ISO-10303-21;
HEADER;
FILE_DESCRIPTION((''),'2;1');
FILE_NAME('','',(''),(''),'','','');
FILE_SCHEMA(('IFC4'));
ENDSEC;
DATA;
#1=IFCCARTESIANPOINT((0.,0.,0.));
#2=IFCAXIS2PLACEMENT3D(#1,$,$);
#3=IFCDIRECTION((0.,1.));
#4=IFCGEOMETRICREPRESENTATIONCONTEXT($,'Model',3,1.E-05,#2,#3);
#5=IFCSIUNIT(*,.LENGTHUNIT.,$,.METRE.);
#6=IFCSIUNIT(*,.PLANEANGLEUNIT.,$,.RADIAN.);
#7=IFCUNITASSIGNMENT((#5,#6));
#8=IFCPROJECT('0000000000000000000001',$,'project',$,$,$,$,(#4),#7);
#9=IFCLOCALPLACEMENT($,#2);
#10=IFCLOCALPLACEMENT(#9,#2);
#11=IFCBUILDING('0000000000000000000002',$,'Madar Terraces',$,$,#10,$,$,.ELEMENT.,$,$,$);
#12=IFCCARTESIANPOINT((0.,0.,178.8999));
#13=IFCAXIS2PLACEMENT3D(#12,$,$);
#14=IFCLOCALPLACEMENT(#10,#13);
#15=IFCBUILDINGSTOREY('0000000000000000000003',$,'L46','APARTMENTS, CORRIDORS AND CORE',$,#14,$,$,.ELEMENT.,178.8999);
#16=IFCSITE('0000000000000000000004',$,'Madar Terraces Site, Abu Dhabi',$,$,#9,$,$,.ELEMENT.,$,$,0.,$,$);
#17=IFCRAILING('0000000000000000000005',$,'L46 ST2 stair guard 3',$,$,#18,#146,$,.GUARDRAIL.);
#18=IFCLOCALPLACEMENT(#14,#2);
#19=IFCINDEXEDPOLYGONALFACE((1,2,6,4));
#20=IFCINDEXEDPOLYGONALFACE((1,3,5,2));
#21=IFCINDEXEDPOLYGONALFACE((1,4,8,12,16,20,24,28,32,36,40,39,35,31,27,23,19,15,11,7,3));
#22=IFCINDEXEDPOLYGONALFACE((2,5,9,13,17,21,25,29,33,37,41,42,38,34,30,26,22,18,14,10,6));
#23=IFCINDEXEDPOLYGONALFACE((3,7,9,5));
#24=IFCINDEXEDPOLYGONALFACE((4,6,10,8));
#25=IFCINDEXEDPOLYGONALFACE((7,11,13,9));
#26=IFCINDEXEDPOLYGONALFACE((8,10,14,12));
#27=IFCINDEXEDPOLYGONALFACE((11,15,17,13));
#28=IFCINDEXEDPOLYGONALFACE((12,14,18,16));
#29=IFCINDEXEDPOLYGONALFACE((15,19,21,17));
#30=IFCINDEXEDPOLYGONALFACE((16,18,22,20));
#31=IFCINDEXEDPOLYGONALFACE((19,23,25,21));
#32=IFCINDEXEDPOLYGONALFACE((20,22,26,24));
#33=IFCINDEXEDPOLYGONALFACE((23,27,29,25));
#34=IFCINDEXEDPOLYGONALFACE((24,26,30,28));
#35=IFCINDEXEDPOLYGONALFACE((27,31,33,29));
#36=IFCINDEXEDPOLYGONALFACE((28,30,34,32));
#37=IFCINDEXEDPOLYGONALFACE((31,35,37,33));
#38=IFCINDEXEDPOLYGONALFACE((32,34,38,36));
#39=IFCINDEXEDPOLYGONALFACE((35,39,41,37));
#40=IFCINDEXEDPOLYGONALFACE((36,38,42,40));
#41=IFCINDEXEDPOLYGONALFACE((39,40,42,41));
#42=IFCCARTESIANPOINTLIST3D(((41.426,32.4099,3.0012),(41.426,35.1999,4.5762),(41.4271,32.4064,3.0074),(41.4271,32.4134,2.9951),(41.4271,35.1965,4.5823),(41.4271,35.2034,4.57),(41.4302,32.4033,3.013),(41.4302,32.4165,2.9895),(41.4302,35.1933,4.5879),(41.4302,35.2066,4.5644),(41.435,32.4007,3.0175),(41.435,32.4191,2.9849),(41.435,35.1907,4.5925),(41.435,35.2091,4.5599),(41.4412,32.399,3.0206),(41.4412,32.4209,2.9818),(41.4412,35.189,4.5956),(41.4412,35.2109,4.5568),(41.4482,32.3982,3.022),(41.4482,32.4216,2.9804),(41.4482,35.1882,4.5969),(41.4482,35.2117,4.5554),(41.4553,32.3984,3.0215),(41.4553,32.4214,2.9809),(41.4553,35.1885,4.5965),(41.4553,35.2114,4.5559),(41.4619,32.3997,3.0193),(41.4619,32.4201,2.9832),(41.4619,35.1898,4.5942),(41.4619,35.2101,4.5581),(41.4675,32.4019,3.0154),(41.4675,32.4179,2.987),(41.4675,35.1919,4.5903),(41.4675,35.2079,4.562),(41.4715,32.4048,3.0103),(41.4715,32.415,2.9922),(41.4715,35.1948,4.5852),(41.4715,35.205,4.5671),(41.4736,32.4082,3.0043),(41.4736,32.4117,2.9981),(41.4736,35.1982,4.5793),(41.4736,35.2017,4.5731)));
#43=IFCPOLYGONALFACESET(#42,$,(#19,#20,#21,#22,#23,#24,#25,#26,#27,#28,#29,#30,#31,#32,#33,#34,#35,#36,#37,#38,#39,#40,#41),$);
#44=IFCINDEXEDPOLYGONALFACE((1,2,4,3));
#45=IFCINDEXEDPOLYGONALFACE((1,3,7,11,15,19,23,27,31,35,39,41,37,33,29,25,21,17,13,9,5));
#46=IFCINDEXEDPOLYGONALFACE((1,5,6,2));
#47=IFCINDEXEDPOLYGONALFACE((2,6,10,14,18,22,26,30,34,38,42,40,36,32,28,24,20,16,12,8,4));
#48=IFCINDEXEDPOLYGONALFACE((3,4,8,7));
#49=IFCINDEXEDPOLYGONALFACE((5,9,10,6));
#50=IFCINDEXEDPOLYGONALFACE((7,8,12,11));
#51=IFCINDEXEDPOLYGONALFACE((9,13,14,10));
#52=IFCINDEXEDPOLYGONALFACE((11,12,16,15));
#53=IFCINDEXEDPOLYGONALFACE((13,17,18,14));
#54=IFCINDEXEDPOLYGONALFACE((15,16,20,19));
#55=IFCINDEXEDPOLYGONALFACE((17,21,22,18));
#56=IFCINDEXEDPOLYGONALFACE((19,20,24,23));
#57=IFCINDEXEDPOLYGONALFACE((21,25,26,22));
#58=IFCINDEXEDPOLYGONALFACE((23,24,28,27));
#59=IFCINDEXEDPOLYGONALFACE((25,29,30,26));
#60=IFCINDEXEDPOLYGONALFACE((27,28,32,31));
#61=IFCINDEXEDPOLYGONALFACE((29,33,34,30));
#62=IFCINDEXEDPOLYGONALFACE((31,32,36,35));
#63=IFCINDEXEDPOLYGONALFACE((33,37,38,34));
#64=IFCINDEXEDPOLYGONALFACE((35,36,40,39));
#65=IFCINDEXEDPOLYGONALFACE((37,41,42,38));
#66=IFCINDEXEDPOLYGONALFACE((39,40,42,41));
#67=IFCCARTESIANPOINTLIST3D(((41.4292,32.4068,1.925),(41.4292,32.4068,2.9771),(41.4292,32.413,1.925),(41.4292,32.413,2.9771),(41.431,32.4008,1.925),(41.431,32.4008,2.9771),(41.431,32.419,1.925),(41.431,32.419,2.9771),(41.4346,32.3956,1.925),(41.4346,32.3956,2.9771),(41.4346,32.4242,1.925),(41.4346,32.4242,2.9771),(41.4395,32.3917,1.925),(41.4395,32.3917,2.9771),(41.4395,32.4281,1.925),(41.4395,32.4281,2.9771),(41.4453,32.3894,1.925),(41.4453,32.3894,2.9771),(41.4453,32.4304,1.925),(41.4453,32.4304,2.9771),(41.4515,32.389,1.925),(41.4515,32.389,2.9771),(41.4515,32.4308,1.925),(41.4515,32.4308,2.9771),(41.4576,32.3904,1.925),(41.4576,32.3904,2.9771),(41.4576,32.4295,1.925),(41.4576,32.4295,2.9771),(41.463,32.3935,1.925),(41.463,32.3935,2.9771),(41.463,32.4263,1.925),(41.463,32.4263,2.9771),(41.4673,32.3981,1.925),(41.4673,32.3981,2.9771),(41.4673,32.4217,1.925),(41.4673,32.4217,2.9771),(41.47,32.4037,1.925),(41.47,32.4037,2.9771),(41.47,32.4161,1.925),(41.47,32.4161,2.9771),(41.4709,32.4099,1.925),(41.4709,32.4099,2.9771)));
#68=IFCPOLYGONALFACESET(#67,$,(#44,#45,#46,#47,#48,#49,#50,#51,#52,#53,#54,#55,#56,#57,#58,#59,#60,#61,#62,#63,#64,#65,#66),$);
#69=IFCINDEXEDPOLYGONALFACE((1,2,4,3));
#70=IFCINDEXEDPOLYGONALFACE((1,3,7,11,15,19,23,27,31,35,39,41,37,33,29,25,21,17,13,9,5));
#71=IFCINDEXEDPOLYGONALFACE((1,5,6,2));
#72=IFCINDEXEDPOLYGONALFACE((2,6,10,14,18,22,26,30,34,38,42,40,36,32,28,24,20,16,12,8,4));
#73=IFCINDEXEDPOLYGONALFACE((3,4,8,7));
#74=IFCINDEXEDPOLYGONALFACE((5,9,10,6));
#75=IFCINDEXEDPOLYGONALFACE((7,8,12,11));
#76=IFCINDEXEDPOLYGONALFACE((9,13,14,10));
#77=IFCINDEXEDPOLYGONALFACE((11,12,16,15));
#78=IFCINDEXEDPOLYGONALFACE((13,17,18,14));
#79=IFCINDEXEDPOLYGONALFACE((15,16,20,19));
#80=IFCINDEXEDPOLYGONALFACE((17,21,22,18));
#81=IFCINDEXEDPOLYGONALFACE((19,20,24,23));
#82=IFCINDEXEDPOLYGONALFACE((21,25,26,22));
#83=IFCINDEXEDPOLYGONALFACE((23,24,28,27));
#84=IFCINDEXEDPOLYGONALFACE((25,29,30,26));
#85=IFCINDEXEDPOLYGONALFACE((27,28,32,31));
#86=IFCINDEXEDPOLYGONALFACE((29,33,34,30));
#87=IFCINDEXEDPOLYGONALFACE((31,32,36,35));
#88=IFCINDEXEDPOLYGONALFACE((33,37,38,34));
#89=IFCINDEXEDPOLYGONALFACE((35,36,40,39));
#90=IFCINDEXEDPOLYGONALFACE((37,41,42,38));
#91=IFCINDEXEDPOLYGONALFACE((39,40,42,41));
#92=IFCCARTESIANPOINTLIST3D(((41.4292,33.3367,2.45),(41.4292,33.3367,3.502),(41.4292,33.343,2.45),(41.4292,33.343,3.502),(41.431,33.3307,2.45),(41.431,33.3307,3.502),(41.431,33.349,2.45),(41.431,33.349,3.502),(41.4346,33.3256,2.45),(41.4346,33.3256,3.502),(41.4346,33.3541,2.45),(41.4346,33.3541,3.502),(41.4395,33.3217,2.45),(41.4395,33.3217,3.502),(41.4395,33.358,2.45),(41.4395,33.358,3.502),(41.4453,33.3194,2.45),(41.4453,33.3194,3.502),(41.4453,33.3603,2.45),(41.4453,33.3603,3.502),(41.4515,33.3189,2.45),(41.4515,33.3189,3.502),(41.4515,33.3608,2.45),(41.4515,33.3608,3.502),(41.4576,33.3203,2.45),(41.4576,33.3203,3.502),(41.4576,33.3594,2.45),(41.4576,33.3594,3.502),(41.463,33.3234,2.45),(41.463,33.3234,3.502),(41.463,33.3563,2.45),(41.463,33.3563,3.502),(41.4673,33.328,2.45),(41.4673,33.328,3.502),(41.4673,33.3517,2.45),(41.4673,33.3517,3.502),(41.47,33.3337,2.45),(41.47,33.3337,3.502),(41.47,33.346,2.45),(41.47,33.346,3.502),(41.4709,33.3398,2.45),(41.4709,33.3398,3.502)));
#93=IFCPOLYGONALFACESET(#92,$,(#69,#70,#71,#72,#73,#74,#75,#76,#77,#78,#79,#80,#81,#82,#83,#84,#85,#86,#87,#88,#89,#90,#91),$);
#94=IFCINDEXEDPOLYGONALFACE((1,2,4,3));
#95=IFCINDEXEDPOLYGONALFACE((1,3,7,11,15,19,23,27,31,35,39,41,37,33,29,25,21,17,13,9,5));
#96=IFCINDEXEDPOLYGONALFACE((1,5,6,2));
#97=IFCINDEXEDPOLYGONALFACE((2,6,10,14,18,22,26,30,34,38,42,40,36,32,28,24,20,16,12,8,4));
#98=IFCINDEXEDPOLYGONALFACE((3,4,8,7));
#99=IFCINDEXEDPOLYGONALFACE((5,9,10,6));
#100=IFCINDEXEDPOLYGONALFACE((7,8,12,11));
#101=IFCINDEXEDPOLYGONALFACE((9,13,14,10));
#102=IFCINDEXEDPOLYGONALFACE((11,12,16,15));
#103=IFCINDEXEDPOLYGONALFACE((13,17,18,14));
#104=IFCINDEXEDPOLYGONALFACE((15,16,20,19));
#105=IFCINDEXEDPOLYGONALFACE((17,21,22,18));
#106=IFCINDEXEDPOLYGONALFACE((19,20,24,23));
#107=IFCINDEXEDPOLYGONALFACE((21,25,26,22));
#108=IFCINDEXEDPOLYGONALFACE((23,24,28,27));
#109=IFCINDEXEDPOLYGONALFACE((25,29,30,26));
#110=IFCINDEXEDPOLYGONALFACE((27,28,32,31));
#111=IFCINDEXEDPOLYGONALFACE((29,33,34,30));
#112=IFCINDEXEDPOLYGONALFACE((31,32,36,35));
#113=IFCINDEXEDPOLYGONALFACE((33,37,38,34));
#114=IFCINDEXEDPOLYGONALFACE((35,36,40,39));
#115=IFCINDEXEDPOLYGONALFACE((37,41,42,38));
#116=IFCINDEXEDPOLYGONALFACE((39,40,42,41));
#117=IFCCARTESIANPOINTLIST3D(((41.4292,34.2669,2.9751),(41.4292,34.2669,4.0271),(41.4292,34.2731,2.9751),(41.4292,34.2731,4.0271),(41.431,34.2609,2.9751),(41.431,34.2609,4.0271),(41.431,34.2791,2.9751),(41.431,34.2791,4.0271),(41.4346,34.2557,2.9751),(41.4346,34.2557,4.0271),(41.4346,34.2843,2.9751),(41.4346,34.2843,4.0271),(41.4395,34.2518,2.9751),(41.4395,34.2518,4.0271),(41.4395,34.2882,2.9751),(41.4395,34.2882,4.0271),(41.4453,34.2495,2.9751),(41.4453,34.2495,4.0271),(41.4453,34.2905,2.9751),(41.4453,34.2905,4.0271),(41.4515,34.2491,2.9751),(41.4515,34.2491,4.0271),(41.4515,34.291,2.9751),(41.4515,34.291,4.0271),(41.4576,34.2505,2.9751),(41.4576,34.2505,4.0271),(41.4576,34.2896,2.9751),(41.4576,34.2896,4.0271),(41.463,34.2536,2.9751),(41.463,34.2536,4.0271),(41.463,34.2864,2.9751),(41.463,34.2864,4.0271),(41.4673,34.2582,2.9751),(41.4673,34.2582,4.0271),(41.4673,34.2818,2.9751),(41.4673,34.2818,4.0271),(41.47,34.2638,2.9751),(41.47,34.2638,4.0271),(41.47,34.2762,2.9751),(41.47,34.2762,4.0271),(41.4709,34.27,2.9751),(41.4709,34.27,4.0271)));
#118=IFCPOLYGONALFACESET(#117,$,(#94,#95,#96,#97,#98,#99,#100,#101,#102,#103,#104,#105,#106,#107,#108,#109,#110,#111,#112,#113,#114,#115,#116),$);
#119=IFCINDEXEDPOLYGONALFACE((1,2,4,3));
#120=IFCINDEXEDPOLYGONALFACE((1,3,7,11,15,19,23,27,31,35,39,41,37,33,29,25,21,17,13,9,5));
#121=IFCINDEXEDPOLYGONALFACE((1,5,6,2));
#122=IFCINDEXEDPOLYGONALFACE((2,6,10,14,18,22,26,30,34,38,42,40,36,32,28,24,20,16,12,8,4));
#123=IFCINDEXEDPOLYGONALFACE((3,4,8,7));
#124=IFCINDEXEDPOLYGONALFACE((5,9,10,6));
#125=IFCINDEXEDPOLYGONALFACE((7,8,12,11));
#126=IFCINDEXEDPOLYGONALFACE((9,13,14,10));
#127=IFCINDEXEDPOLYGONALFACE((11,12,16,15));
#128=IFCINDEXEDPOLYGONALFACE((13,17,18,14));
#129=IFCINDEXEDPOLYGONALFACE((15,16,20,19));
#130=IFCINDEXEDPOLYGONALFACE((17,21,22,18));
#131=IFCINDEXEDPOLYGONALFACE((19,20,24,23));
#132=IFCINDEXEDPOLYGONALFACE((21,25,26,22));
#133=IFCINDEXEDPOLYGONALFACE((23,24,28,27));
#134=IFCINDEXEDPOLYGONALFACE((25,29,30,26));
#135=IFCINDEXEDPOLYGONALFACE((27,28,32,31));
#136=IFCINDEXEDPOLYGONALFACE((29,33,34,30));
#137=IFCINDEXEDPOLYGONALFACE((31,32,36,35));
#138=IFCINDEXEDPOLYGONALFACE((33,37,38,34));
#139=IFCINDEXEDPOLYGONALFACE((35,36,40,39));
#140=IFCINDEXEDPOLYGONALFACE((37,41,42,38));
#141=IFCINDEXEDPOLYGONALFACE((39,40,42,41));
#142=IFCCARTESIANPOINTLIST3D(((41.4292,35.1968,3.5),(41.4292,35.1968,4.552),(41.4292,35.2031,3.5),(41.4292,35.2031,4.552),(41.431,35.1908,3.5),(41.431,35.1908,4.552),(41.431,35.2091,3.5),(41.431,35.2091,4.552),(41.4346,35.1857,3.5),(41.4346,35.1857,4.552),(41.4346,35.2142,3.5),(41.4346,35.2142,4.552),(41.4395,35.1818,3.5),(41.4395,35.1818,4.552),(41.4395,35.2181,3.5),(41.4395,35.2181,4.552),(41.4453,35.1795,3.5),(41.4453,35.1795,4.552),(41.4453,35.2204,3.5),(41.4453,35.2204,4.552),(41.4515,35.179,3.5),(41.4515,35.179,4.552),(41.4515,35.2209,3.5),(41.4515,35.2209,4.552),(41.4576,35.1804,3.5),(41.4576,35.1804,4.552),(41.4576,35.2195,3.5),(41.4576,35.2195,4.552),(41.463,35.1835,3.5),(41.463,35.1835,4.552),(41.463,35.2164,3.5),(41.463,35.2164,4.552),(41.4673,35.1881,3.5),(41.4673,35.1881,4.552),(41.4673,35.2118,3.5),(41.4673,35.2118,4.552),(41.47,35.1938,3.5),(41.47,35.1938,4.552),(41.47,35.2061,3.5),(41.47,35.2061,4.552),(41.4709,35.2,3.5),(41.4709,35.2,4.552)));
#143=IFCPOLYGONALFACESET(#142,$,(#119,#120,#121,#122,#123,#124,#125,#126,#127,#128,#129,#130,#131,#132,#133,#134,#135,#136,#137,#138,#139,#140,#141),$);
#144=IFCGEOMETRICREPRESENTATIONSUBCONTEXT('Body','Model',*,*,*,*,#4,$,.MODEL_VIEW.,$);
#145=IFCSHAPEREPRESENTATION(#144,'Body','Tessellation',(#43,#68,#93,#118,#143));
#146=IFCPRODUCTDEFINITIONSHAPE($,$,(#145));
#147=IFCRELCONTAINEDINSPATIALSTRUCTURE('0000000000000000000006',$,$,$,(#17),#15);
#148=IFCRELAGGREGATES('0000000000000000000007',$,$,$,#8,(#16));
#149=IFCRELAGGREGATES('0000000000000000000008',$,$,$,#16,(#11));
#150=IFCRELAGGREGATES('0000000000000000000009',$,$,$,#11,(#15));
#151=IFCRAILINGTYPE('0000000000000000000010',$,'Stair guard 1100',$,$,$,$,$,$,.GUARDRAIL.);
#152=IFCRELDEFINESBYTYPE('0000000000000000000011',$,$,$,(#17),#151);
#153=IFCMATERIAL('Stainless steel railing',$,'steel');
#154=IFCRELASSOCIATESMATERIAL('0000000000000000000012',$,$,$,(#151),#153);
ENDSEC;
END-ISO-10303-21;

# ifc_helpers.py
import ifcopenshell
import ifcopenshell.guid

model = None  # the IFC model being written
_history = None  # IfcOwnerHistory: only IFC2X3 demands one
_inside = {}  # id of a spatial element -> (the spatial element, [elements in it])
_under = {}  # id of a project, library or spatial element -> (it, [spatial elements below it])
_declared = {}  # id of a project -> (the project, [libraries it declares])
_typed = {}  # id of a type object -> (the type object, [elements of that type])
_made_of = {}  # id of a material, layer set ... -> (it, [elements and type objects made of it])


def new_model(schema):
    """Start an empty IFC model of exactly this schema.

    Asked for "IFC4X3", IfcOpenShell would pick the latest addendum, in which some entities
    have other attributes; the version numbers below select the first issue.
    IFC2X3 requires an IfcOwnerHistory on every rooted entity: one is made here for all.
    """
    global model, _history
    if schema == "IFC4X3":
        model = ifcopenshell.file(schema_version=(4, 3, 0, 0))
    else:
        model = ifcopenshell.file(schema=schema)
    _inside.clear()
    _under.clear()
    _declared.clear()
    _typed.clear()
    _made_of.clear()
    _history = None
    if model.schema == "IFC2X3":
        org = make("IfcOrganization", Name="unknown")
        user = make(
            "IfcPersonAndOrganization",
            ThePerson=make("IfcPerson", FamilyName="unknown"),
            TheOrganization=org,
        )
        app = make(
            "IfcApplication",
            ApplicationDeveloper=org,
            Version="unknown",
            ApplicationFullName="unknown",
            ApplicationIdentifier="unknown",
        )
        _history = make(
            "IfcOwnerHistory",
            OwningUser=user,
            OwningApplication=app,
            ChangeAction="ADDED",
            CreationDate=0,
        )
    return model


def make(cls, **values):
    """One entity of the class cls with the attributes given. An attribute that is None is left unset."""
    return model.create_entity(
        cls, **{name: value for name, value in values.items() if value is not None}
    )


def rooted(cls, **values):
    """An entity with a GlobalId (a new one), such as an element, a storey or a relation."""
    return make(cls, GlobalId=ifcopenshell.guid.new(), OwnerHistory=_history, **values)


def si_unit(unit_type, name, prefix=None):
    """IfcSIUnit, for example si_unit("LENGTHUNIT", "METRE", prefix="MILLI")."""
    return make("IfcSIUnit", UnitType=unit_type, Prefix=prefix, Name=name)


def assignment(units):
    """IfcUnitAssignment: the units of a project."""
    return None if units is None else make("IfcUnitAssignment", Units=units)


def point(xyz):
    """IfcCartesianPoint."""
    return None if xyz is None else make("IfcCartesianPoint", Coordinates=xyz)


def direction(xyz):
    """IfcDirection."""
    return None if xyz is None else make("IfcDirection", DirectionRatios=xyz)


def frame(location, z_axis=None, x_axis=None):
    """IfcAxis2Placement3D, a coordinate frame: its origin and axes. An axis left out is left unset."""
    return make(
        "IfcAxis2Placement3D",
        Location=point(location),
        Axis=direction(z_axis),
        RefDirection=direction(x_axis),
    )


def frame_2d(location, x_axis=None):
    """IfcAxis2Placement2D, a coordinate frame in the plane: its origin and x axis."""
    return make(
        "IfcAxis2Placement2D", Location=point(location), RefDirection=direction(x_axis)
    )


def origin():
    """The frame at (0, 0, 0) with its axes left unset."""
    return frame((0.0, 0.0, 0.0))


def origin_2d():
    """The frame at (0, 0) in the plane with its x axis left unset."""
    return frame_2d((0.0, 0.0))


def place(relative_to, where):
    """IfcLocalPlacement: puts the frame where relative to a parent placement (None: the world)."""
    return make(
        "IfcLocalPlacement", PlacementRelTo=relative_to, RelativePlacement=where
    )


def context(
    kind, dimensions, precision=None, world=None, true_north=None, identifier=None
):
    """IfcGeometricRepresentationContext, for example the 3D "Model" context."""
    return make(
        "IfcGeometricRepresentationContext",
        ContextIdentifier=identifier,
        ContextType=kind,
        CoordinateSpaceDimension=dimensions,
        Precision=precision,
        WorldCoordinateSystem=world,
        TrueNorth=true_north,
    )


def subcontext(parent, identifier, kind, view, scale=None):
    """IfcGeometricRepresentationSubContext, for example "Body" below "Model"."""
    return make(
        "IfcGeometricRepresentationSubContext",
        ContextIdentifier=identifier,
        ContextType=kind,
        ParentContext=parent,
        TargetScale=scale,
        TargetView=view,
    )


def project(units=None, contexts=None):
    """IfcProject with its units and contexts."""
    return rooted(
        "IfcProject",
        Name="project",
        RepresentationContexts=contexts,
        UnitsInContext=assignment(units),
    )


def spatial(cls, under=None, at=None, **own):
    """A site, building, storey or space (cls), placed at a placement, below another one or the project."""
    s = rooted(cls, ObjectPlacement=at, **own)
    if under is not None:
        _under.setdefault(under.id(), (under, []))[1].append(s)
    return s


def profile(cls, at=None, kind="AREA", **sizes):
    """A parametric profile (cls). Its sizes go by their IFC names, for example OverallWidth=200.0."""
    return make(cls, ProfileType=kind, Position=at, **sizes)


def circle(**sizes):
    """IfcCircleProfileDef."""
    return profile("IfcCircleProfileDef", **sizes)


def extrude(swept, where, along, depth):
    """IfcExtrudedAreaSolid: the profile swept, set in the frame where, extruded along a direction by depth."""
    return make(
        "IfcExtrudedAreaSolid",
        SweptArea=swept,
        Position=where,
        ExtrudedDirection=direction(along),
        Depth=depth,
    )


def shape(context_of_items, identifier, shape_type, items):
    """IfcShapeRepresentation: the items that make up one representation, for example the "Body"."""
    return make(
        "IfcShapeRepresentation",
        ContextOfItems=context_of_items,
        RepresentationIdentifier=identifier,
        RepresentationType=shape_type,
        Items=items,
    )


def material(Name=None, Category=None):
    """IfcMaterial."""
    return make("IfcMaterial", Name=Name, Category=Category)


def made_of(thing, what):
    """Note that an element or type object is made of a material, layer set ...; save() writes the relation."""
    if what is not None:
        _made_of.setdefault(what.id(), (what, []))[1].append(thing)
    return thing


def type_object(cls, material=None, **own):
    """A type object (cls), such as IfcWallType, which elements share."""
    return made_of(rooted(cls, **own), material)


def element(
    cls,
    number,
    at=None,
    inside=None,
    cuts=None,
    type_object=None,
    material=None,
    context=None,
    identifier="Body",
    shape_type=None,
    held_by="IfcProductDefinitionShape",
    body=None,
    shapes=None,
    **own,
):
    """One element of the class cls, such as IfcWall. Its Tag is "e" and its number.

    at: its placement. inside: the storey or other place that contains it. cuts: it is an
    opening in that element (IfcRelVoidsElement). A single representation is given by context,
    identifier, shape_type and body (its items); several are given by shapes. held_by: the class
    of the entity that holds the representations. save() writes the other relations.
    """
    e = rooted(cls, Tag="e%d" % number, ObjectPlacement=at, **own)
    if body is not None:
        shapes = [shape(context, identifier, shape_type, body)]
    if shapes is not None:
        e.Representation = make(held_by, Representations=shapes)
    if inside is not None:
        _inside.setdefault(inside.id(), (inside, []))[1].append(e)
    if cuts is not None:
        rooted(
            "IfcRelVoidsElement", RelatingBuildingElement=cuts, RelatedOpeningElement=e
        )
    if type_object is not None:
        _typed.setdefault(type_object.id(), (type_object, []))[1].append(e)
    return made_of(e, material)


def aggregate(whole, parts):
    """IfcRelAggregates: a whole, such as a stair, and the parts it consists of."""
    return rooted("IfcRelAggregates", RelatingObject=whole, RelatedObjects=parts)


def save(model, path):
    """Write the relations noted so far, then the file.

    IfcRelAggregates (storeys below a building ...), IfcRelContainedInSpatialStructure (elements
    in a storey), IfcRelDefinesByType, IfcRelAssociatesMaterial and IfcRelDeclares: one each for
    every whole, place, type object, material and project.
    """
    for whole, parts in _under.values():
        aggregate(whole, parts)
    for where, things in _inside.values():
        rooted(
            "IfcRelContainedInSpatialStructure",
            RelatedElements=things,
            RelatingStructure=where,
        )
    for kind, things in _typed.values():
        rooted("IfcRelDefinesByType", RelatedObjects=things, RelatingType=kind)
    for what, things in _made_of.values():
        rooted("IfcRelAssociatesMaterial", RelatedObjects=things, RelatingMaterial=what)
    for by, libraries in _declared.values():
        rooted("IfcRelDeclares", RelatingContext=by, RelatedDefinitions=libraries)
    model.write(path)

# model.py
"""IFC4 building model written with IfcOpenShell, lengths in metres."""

from ifc_helpers import new_model, si_unit, direction, frame, origin, origin_2d, place, context, subcontext, project, spatial, circle, extrude, material, type_object, element, save


model = new_model("IFC4")

# Units and contexts
model_context = context("Model", 3, precision=1e-05, world=origin(), true_north=direction((0.0, 1.0)))
body_context = subcontext(model_context, "Body", "Model", "MODEL_VIEW")
ifc_project = project(units=[si_unit("LENGTHUNIT", "METRE"), si_unit("PLANEANGLEUNIT", "RADIAN")], contexts=[model_context])

# Site, building, storey
site_placement = place(None, origin())
site = spatial("IfcSite", under=ifc_project, at=site_placement, Name="Madar Terraces Site, Abu Dhabi", CompositionType="ELEMENT", RefElevation=0.0)
building_placement = place(site_placement, origin())
building = spatial("IfcBuilding", under=site, at=building_placement, Name="Madar Terraces", CompositionType="ELEMENT")
storey_placement = place(building_placement, frame((0.0, 0.0, 178.8999)))
storey = spatial("IfcBuildingStorey", under=building, at=storey_placement, Name="L46", Description="APARTMENTS, CORRIDORS AND CORE", CompositionType="ELEMENT", Elevation=178.8999)

# Railing
ifc_material_1 = material(Name="Stainless steel railing", Category="steel")
railing_type_1 = type_object("IfcRailingType", Name="Stair guard 1100", PredefinedType="GUARDRAIL", material=ifc_material_1)
railing_1_placement = place(storey_placement, frame((41.45, 32.4099, 1.925)))
element("IfcRailing", 1, at=railing_1_placement, inside=storey, type_object=railing_type_1, Name="L46 ST2 stair guard 3", PredefinedType="GUARDRAIL", context=body_context, shape_type="SweptSolid", body=[
    extrude(circle(Radius=0.0239, at=origin_2d()), frame((0.0, 0.0, 1.0762), z_axis=(0.0, 0.870834, 0.491578), x_axis=(-1.0, 0.0, 0.0)), (0.0, 0.0, 1.0), 3.2039),
    extrude(circle(Radius=0.021, at=origin_2d()), origin(), (0.0, 0.0, 1.0), 1.052),
    extrude(circle(Radius=0.021, at=origin_2d()), frame((0.0, 0.9299, 0.5249)), (0.0, 0.0, 1.0), 1.052),
    extrude(circle(Radius=0.021, at=origin_2d()), frame((0.0, 1.8601, 1.05)), (0.0, 0.0, 1.0), 1.052),
    extrude(circle(Radius=0.021, at=origin_2d()), frame((0.0, 2.79, 1.575)), (0.0, 0.0, 1.0), 1.052),
])

save(model, "model.ifc")
